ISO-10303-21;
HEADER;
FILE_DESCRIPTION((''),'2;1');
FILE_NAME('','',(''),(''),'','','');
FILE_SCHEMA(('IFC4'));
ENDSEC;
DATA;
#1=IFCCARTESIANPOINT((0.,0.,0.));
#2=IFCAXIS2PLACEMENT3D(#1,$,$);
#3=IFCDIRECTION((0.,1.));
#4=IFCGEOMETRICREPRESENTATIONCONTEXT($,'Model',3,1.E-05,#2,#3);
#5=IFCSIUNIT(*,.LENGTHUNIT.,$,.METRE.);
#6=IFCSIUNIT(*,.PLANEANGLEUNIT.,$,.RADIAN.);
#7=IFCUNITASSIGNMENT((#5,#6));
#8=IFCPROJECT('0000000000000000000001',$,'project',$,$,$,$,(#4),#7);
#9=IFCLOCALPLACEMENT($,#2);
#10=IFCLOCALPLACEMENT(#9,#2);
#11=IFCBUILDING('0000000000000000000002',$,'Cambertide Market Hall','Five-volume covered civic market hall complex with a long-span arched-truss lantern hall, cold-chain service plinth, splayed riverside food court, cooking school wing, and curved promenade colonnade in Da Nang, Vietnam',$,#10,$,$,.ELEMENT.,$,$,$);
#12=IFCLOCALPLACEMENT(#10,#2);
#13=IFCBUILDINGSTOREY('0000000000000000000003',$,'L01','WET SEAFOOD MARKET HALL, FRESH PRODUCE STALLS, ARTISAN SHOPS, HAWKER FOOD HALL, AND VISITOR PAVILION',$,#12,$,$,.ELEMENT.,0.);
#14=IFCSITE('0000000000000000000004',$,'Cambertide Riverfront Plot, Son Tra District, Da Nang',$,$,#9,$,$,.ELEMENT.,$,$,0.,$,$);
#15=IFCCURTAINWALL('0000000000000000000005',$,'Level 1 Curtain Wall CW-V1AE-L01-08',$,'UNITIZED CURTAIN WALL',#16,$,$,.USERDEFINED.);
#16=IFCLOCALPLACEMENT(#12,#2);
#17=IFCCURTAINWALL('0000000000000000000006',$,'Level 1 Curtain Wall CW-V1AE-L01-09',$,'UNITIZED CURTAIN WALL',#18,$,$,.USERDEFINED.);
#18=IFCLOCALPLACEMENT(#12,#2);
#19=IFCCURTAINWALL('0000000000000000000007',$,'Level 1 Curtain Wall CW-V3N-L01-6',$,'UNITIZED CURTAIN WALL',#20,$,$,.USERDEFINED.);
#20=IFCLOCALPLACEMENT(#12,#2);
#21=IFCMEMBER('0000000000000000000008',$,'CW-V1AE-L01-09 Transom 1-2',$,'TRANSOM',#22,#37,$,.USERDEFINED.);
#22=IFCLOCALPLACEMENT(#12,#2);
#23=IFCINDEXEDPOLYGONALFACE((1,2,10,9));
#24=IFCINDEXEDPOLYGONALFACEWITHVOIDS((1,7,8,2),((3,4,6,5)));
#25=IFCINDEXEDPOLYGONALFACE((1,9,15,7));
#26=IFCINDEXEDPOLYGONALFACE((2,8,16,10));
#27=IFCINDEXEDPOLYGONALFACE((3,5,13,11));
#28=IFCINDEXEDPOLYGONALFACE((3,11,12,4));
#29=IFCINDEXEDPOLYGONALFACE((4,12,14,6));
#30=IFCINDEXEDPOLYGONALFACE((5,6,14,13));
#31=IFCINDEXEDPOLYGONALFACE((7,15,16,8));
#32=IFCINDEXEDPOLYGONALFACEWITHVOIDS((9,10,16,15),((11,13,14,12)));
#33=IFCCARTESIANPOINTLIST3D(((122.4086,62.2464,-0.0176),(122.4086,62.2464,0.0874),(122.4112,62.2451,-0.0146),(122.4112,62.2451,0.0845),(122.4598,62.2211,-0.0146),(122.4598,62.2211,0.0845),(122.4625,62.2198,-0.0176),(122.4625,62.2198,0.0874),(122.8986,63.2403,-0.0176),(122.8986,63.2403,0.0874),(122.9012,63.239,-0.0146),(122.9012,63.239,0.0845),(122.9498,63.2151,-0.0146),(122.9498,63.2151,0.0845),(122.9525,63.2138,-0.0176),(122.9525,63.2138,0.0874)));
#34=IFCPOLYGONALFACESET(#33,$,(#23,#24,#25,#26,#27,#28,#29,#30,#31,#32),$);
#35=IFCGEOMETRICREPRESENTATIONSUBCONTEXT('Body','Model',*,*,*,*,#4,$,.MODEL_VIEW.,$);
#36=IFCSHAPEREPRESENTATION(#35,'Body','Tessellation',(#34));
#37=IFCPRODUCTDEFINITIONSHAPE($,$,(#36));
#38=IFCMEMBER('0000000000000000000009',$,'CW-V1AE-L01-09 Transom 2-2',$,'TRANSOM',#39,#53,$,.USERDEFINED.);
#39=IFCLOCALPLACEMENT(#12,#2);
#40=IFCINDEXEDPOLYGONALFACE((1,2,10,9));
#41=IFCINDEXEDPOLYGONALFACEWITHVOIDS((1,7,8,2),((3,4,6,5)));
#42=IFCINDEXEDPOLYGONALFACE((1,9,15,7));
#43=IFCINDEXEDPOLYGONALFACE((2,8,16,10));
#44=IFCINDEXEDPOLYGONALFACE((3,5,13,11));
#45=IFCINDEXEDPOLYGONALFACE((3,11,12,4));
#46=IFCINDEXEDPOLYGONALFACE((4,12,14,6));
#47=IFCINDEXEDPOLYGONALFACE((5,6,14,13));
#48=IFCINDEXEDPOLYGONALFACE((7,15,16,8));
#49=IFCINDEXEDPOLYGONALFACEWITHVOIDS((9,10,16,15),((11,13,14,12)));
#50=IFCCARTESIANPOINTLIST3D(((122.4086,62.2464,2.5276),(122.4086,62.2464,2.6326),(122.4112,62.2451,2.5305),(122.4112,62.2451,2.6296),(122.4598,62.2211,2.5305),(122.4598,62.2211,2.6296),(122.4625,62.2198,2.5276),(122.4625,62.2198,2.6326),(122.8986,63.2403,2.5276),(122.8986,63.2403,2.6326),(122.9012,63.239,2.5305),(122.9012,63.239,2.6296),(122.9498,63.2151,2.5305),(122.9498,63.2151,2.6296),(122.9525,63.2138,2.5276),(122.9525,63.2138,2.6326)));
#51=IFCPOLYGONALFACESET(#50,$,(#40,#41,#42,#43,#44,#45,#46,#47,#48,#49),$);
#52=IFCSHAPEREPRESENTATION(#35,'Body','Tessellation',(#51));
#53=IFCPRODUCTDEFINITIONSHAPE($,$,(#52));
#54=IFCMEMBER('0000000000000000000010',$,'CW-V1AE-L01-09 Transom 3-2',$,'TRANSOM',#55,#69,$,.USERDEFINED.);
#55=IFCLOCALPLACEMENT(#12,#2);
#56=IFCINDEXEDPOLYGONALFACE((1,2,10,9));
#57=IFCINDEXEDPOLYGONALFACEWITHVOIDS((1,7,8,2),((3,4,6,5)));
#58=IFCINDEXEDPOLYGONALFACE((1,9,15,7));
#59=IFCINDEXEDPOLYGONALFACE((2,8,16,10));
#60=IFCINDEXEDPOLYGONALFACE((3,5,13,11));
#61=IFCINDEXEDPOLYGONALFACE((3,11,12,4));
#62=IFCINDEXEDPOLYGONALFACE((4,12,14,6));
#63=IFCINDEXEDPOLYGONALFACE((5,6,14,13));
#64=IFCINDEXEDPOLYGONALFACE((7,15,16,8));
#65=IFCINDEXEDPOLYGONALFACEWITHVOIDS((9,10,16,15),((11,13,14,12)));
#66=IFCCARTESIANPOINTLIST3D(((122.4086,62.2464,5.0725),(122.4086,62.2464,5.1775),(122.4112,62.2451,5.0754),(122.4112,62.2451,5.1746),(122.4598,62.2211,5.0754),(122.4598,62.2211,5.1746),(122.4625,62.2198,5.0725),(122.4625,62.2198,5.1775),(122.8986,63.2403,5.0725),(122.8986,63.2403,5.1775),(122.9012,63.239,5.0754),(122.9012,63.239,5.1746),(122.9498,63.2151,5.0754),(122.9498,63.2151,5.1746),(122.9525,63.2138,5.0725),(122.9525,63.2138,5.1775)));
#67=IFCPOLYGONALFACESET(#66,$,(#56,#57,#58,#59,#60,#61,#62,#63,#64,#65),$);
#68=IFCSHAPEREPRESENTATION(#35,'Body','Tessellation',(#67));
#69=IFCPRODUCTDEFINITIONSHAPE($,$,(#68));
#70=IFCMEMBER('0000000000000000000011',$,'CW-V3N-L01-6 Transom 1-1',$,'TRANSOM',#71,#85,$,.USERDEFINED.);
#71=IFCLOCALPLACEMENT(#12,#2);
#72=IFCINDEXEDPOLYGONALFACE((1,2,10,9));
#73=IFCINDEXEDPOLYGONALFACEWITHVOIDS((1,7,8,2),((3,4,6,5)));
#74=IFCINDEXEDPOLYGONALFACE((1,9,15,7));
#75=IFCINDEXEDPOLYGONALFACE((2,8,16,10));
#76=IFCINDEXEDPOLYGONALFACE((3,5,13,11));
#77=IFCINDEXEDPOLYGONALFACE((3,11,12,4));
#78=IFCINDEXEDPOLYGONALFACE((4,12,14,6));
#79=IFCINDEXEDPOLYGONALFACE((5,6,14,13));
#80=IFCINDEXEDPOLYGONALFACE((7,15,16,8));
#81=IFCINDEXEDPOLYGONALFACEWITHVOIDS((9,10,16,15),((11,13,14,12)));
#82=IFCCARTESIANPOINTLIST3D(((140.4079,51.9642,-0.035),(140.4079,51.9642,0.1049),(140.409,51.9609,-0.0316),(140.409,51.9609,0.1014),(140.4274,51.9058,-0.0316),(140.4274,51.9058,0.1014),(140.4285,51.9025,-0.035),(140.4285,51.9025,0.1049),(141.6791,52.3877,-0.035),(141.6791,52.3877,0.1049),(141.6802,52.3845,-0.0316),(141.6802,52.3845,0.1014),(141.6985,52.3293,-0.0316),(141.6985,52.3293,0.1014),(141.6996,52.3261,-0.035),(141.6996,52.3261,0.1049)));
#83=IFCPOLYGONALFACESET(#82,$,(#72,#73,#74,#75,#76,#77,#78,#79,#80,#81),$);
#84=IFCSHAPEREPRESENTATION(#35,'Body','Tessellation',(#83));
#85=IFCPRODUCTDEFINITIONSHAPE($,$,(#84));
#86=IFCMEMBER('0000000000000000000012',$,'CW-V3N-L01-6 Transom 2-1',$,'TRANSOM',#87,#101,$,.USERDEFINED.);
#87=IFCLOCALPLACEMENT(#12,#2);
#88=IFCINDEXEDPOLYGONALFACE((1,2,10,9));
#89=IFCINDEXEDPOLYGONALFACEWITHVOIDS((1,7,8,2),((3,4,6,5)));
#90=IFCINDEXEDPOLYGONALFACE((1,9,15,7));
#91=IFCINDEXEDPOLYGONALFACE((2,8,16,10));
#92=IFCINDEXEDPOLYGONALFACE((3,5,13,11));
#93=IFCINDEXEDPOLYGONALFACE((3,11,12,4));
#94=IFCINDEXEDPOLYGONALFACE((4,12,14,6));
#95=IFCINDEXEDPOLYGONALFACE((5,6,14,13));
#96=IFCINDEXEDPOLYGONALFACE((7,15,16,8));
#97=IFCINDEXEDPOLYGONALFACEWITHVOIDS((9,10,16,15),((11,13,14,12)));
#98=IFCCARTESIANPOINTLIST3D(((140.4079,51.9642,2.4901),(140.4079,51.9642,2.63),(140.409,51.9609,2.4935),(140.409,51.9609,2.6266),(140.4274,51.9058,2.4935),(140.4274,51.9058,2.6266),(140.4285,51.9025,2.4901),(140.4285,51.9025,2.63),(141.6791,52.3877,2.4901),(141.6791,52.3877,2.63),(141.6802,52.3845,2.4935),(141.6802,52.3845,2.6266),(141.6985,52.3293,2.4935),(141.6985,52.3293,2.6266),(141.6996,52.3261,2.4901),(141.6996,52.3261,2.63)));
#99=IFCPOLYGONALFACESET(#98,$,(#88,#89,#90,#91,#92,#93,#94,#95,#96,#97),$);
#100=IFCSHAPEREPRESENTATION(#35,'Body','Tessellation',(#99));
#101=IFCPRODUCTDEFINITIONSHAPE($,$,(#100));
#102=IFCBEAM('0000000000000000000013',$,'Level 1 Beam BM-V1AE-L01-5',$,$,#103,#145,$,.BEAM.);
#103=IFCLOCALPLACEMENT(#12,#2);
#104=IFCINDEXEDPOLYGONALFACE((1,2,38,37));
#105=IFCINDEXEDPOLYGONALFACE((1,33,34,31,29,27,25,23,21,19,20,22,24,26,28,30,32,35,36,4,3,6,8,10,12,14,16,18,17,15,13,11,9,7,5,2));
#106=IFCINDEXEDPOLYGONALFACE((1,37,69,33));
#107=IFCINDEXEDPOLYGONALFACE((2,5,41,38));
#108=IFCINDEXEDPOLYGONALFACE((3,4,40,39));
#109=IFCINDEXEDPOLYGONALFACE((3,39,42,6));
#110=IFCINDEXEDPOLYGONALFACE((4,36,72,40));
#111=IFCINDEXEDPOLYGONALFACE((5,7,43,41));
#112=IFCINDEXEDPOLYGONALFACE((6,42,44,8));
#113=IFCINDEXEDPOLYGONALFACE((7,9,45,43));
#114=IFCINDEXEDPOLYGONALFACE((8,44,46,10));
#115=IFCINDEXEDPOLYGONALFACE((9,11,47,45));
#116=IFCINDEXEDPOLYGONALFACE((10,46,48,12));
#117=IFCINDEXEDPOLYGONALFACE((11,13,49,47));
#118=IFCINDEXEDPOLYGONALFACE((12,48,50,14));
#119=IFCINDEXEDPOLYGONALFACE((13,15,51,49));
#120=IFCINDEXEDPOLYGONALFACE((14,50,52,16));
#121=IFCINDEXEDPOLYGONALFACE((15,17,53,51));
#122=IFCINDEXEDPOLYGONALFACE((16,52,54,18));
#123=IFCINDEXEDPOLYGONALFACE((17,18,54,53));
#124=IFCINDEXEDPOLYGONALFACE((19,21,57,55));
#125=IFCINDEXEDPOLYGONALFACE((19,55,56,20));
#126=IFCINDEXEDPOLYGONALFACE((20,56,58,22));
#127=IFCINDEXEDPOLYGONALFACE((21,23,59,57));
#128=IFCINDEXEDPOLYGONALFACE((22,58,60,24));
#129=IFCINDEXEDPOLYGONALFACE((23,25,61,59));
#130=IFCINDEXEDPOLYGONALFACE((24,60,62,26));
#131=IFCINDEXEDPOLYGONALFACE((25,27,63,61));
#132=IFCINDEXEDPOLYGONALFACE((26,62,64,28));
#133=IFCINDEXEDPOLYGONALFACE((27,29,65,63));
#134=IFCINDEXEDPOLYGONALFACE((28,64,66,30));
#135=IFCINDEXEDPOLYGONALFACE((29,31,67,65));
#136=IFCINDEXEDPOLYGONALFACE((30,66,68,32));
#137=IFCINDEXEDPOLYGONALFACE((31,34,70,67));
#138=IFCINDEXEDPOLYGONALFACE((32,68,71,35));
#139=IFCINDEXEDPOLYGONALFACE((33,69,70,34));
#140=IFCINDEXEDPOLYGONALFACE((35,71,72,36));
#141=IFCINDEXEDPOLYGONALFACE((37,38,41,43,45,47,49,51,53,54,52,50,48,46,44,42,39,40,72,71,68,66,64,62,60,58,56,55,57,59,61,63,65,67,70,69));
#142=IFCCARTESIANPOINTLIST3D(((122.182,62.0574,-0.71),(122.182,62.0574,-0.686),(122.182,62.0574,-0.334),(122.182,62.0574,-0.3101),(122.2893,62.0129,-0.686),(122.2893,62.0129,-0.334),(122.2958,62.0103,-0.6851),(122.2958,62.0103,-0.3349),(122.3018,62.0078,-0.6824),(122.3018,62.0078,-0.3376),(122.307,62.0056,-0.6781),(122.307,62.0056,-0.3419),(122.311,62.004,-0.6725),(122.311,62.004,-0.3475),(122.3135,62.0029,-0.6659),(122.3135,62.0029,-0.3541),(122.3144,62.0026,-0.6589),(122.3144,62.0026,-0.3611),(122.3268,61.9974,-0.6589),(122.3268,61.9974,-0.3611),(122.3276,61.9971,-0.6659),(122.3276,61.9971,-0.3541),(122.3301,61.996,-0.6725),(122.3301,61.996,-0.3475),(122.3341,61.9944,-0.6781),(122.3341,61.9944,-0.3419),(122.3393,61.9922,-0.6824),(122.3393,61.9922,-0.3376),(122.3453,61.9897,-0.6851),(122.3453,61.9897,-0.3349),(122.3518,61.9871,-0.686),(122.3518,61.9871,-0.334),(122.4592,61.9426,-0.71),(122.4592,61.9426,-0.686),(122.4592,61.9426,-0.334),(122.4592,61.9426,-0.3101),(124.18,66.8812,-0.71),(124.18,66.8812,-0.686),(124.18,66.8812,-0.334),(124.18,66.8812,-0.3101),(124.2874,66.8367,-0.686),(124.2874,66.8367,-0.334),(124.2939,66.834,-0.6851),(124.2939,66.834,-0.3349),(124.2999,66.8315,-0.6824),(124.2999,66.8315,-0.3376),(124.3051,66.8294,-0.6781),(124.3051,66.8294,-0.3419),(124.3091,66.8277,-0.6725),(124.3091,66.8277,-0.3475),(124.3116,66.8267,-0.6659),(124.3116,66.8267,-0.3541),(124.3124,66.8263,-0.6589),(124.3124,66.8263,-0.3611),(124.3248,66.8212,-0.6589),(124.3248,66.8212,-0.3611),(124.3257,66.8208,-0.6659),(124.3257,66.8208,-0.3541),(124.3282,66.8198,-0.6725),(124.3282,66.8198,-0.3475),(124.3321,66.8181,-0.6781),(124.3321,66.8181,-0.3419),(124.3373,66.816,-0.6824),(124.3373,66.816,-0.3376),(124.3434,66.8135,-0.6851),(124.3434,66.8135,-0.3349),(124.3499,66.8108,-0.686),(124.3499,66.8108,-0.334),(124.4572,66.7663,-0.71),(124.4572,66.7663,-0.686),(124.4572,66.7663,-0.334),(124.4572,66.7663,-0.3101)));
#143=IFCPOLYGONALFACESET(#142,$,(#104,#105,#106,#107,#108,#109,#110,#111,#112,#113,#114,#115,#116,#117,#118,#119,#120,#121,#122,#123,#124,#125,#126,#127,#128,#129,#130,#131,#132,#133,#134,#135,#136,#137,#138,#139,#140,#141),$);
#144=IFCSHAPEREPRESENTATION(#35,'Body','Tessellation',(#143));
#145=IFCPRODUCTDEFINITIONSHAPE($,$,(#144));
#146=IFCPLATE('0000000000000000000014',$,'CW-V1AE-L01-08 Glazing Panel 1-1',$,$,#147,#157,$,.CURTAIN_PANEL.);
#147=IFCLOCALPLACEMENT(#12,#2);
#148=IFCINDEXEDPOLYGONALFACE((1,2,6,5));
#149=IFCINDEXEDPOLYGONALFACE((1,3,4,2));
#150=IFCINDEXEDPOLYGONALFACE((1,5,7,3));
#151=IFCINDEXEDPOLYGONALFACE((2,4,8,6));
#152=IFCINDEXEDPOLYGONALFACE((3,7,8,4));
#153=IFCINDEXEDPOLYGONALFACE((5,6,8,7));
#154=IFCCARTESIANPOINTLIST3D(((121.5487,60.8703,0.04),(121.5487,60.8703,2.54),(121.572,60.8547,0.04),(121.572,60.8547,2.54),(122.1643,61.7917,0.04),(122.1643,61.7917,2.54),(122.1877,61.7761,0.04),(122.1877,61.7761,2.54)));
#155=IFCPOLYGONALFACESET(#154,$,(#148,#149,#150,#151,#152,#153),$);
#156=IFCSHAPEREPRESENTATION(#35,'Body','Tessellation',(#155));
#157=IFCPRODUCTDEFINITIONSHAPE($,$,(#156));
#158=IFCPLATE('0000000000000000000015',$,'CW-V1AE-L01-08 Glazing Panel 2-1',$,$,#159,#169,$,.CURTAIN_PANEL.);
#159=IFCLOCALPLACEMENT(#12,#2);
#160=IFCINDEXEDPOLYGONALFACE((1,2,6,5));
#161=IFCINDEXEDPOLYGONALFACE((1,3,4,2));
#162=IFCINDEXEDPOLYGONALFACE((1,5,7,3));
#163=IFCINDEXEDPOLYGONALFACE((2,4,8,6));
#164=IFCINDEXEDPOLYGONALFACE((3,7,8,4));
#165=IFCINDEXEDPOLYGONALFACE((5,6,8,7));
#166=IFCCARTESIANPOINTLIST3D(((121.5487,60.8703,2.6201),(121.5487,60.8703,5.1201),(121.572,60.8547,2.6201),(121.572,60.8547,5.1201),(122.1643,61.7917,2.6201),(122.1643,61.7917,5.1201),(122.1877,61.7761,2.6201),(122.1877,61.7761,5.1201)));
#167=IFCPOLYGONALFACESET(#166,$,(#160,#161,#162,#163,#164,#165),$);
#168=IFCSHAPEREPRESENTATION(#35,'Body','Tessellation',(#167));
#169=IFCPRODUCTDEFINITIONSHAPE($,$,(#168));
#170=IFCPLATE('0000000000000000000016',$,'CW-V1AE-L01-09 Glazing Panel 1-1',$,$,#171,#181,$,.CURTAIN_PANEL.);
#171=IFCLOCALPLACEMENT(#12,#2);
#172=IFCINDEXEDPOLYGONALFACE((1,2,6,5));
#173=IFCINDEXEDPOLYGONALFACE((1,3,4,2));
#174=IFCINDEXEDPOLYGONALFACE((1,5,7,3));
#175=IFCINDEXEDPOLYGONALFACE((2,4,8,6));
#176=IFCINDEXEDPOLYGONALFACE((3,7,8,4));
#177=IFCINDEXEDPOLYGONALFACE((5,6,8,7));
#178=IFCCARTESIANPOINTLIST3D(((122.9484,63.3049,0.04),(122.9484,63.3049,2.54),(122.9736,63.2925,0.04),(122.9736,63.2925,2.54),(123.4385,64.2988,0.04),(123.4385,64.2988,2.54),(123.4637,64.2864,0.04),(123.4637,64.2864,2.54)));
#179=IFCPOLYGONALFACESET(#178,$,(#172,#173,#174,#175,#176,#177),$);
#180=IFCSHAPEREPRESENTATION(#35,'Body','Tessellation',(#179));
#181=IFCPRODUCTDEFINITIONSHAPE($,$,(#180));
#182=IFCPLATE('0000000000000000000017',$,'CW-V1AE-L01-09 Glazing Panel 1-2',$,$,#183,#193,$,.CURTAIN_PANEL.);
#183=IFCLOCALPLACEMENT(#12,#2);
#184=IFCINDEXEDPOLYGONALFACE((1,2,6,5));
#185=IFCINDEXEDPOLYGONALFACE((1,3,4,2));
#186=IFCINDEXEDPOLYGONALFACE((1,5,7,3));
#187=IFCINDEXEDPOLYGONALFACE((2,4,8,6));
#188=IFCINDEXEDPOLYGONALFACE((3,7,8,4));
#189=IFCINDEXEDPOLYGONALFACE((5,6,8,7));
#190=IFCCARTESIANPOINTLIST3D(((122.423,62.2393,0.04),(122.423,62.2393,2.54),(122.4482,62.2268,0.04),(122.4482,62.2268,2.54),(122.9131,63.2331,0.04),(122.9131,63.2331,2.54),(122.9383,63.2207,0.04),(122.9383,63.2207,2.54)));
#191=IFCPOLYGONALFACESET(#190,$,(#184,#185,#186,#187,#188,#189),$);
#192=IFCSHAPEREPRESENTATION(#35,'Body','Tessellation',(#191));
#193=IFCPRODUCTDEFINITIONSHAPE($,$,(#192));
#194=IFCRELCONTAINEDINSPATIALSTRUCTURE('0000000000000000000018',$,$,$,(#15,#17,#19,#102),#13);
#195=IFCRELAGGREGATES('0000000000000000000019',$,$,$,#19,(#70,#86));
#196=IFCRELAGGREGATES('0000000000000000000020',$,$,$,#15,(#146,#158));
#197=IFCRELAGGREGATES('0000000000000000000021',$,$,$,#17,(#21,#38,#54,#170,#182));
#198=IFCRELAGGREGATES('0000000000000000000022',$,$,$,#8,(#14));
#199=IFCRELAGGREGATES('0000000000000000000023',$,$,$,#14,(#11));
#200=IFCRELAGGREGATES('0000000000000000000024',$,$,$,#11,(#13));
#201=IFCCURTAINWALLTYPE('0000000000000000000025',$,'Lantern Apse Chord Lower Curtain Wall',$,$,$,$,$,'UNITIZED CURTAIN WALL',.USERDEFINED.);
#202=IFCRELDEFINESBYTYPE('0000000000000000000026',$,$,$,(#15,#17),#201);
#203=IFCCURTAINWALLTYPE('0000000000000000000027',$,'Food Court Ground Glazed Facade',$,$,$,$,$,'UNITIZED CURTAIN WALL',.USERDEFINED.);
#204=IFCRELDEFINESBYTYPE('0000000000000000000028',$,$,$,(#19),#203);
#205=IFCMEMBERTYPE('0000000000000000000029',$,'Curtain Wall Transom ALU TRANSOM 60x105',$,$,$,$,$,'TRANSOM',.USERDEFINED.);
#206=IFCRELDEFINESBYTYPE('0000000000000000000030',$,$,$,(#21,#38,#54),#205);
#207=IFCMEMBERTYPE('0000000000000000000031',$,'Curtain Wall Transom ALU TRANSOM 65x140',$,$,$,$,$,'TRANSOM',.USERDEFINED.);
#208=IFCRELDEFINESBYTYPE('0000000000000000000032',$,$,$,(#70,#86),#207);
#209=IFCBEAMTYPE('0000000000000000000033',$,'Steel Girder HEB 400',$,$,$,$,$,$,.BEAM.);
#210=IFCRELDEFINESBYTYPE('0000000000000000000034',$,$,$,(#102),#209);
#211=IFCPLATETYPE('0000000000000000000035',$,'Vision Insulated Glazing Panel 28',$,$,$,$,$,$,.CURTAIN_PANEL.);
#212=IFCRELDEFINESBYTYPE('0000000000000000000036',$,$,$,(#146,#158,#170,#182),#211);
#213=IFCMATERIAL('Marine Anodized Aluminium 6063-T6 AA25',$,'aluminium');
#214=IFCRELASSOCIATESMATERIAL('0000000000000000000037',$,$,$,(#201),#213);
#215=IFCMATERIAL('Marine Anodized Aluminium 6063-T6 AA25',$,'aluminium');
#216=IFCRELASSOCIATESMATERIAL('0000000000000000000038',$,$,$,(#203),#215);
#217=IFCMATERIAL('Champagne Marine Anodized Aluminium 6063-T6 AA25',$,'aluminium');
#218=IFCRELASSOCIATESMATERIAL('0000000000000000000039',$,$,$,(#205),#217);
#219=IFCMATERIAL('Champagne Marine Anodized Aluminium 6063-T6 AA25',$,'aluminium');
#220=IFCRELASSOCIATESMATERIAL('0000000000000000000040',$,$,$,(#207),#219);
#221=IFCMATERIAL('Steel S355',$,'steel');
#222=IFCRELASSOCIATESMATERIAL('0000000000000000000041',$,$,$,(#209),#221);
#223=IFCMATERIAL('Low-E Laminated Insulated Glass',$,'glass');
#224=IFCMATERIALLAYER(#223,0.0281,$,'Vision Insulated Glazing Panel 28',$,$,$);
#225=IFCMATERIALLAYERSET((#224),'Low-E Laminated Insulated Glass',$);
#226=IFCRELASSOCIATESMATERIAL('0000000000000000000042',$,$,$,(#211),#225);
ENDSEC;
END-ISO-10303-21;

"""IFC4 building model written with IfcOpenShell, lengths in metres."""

from ifc_helpers import new_model, si_unit, direction, frame, origin, origin_2d, place, context, subcontext, project, spatial, rectangle, hollow_rectangle, i_section, extrude, material, layer, layer_set, material_profile, profile_set, type_object, element, aggregate, save


model = new_model("IFC4")

# Units and contexts
model_context = context("Model", 3, precision=1e-05, world=origin(), true_north=direction((0.0, 1.0)))
body_context = subcontext(model_context, "Body", "Model", "MODEL_VIEW")
ifc_project = project(units=[si_unit("LENGTHUNIT", "METRE"), si_unit("PLANEANGLEUNIT", "RADIAN")], contexts=[model_context])

# Site, building, storey
site_placement = place(None, origin())
site = spatial("IfcSite", under=ifc_project, at=site_placement, Name="Cambertide Riverfront Plot, Son Tra District, Da Nang", CompositionType="ELEMENT", RefElevation=0.0)
building_placement = place(site_placement, origin())
building = spatial("IfcBuilding", under=site, at=building_placement, Name="Cambertide Market Hall", Description="Five-volume covered civic market hall complex with a long-span arched-truss lantern hall, cold-chain service plinth, splayed riverside food court, cooking school wing, and curved promenade colonnade in Da Nang, Vietnam", CompositionType="ELEMENT")
storey_placement = place(building_placement, origin())
storey = spatial("IfcBuildingStorey", under=building, at=storey_placement, Name="L01", Description="WET SEAFOOD MARKET HALL, FRESH PRODUCE STALLS, ARTISAN SHOPS, HAWKER FOOD HALL, AND VISITOR PAVILION", CompositionType="ELEMENT", Elevation=0.0)

# Curtain wall
ifc_material_1 = material(Name="Marine Anodized Aluminium 6063-T6 AA25", Category="aluminium")
curtain_wall_type_1 = type_object("IfcCurtainWallType", Name="Lantern Apse Chord Lower Curtain Wall", ElementType="UNITIZED CURTAIN WALL", PredefinedType="USERDEFINED", material=ifc_material_1)
curtain_wall_1_placement = place(storey_placement, origin())
curtain_wall_1 = element("IfcCurtainWall", 1, at=curtain_wall_1_placement, inside=storey, type_object=curtain_wall_type_1, Name="Level 1 Curtain Wall CW-V1AE-L01-08", ObjectType="UNITIZED CURTAIN WALL", PredefinedType="USERDEFINED")

# Curtain wall
curtain_wall_2_placement = place(storey_placement, origin())
curtain_wall_2 = element("IfcCurtainWall", 2, at=curtain_wall_2_placement, inside=storey, type_object=curtain_wall_type_1, Name="Level 1 Curtain Wall CW-V1AE-L01-09", ObjectType="UNITIZED CURTAIN WALL", PredefinedType="USERDEFINED")

# Curtain wall
ifc_material_2 = material(Name="Marine Anodized Aluminium 6063-T6 AA25", Category="aluminium")
curtain_wall_type_2 = type_object("IfcCurtainWallType", Name="Food Court Ground Glazed Facade", ElementType="UNITIZED CURTAIN WALL", PredefinedType="USERDEFINED", material=ifc_material_2)
curtain_wall_3_placement = place(storey_placement, origin())
curtain_wall_3 = element("IfcCurtainWall", 3, at=curtain_wall_3_placement, inside=storey, type_object=curtain_wall_type_2, Name="Level 1 Curtain Wall CW-V3N-L01-6", ObjectType="UNITIZED CURTAIN WALL", PredefinedType="USERDEFINED")

# Members
ifc_material_3 = material(Name="Champagne Marine Anodized Aluminium 6063-T6 AA25", Category="aluminium")
ifc_material_profile_1 = material_profile(ifc_material_3, hollow_rectangle(XDim=0.0601, YDim=0.105, WallThickness=0.0029, at=origin_2d()), Name="ALU TRANSOM 60x105")
ifc_profile_set_1 = profile_set([ifc_material_profile_1], Name="Champagne Marine Anodized Aluminium 6063-T6 AA25")
member_type_1 = type_object("IfcMemberType", Name="Curtain Wall Transom ALU TRANSOM 60x105", ElementType="TRANSOM", PredefinedType="USERDEFINED", material=ifc_profile_set_1)
member_1_placement = place(storey_placement, frame((122.9255, 63.2271, 0.0349), z_axis=(-0.442183, -0.896925, 0.0), x_axis=(0.896925, -0.442183, 0.0)))
member_1 = element("IfcMember", 4, at=member_1_placement, type_object=member_type_1, Name="CW-V1AE-L01-09 Transom 1-2", ObjectType="TRANSOM", PredefinedType="USERDEFINED", context=body_context, shape_type="SweptSolid", body=[
    extrude(hollow_rectangle(XDim=0.0601, YDim=0.105, WallThickness=0.0029, at=origin_2d()), origin(), (0.0, 0.0, 1.0), 1.1082),
])
member_2_placement = place(storey_placement, frame((122.9255, 63.2271, 2.5801), z_axis=(-0.442183, -0.896925, 0.0), x_axis=(0.896925, -0.442183, 0.0)))
member_2 = element("IfcMember", 5, at=member_2_placement, type_object=member_type_1, Name="CW-V1AE-L01-09 Transom 2-2", ObjectType="TRANSOM", PredefinedType="USERDEFINED", context=body_context, shape_type="SweptSolid", body=[
    extrude(hollow_rectangle(XDim=0.0601, YDim=0.105, WallThickness=0.0029, at=origin_2d()), origin(), (0.0, 0.0, 1.0), 1.1082),
])
member_3_placement = place(storey_placement, frame((122.9255, 63.2271, 5.125), z_axis=(-0.442183, -0.896925, 0.0), x_axis=(0.896925, -0.442183, 0.0)))
member_3 = element("IfcMember", 6, at=member_3_placement, type_object=member_type_1, Name="CW-V1AE-L01-09 Transom 3-2", ObjectType="TRANSOM", PredefinedType="USERDEFINED", context=body_context, shape_type="SweptSolid", body=[
    extrude(hollow_rectangle(XDim=0.0601, YDim=0.105, WallThickness=0.0029, at=origin_2d()), origin(), (0.0, 0.0, 1.0), 1.1082),
])
ifc_material_4 = material(Name="Champagne Marine Anodized Aluminium 6063-T6 AA25", Category="aluminium")
ifc_material_profile_2 = material_profile(ifc_material_4, hollow_rectangle(XDim=0.0649, YDim=0.1399, WallThickness=0.0034, at=origin_2d()), Name="ALU TRANSOM 65x140")
ifc_profile_set_2 = profile_set([ifc_material_profile_2], Name="Champagne Marine Anodized Aluminium 6063-T6 AA25")
member_type_2 = type_object("IfcMemberType", Name="Curtain Wall Transom ALU TRANSOM 65x140", ElementType="TRANSOM", PredefinedType="USERDEFINED", material=ifc_profile_set_2)
member_4_placement = place(storey_placement, frame((140.4182, 51.9333, 0.0349), z_axis=(0.94872, 0.316118, 0.0), x_axis=(-0.316118, 0.94872, 0.0)))
member_4 = element("IfcMember", 7, at=member_4_placement, type_object=member_type_2, Name="CW-V3N-L01-6 Transom 1-1", ObjectType="TRANSOM", PredefinedType="USERDEFINED", context=body_context, shape_type="SweptSolid", body=[
    extrude(hollow_rectangle(XDim=0.0649, YDim=0.1399, WallThickness=0.0034, at=origin_2d()), origin(), (0.0, 0.0, 1.0), 1.3398),
])
member_5_placement = place(storey_placement, frame((140.4182, 51.9333, 2.5601), z_axis=(0.94872, 0.316118, 0.0), x_axis=(-0.316118, 0.94872, 0.0)))
member_5 = element("IfcMember", 8, at=member_5_placement, type_object=member_type_2, Name="CW-V3N-L01-6 Transom 2-1", ObjectType="TRANSOM", PredefinedType="USERDEFINED", context=body_context, shape_type="SweptSolid", body=[
    extrude(hollow_rectangle(XDim=0.0649, YDim=0.1399, WallThickness=0.0034, at=origin_2d()), origin(), (0.0, 0.0, 1.0), 1.3398),
])
aggregate(curtain_wall_3, [member_4, member_5])

# Beam
ifc_material_5 = material(Name="Steel S355", Category="steel")
ifc_material_profile_3 = material_profile(ifc_material_5, i_section(OverallWidth=0.3, OverallDepth=0.3999, WebThickness=0.0134, FlangeThickness=0.0239, FilletRadius=0.0271, at=origin_2d()), Name="HEB 400")
ifc_profile_set_3 = profile_set([ifc_material_profile_3], Name="Steel S355")
beam_type = type_object("IfcBeamType", Name="Steel Girder HEB 400", PredefinedType="BEAM", material=ifc_profile_set_3)
beam_placement = place(storey_placement, frame((122.3206, 62.0, -0.51), z_axis=(0.382682, 0.92388, 0.0), x_axis=(-0.92388, 0.382682, 0.0)))
element("IfcBeam", 9, at=beam_placement, inside=storey, type_object=beam_type, Name="Level 1 Beam BM-V1AE-L01-5", PredefinedType="BEAM", context=body_context, shape_type="SweptSolid", body=[
    extrude(i_section(OverallWidth=0.3, OverallDepth=0.3999, WebThickness=0.0134, FlangeThickness=0.0239, FilletRadius=0.0271, at=origin_2d()), origin(), (0.0, 0.0, 1.0), 5.2212),
])

# Plates
ifc_material_6 = material(Name="Low-E Laminated Insulated Glass", Category="glass")
ifc_layer_1 = layer(ifc_material_6, 0.0281, Name="Vision Insulated Glazing Panel 28")
ifc_layer_set_1 = layer_set([ifc_layer_1], Name="Low-E Laminated Insulated Glass")
plate_type = type_object("IfcPlateType", Name="Vision Insulated Glazing Panel 28", PredefinedType="CURTAIN_PANEL", material=ifc_layer_set_1)
plate_1_placement = place(storey_placement, frame((121.8682, 61.3232, 0.04), z_axis=(0.0, 0.0, 1.0), x_axis=(-0.55557, -0.83147, 0.0)))
plate_1 = element("IfcPlate", 10, at=plate_1_placement, type_object=plate_type, Name="CW-V1AE-L01-08 Glazing Panel 1-1", PredefinedType="CURTAIN_PANEL", context=body_context, shape_type="SweptSolid", body=[
    extrude(rectangle(XDim=1.1082, YDim=0.0281, at=origin_2d()), origin(), (0.0, 0.0, 1.0), 2.5),
])
plate_2_placement = place(storey_placement, frame((121.8682, 61.3232, 2.6201), z_axis=(0.0, 0.0, 1.0), x_axis=(-0.55557, -0.83147, 0.0)))
plate_2 = element("IfcPlate", 11, at=plate_2_placement, type_object=plate_type, Name="CW-V1AE-L01-08 Glazing Panel 2-1", PredefinedType="CURTAIN_PANEL", context=body_context, shape_type="SweptSolid", body=[
    extrude(rectangle(XDim=1.1082, YDim=0.0281, at=origin_2d()), origin(), (0.0, 0.0, 1.0), 2.5),
])
aggregate(curtain_wall_1, [plate_1, plate_2])
plate_3_placement = place(storey_placement, frame((123.2061, 63.7957, 0.04), z_axis=(0.0, 0.0, 1.0), x_axis=(-0.442289, -0.896873, 0.0)))
plate_3 = element("IfcPlate", 12, at=plate_3_placement, type_object=plate_type, Name="CW-V1AE-L01-09 Glazing Panel 1-1", PredefinedType="CURTAIN_PANEL", context=body_context, shape_type="SweptSolid", body=[
    extrude(rectangle(XDim=1.1082, YDim=0.0281, at=origin_2d()), origin(), (0.0, 0.0, 1.0), 2.5),
])
plate_4_placement = place(storey_placement, frame((122.6807, 62.73, 0.04), z_axis=(0.0, 0.0, 1.0), x_axis=(-0.442289, -0.896873, 0.0)))
plate_4 = element("IfcPlate", 13, at=plate_4_placement, type_object=plate_type, Name="CW-V1AE-L01-09 Glazing Panel 1-2", PredefinedType="CURTAIN_PANEL", context=body_context, shape_type="SweptSolid", body=[
    extrude(rectangle(XDim=1.1082, YDim=0.0281, at=origin_2d()), origin(), (0.0, 0.0, 1.0), 2.5),
])
aggregate(curtain_wall_2, [member_1, member_2, member_3, plate_3, plate_4])

save(model, "model.ifc")
